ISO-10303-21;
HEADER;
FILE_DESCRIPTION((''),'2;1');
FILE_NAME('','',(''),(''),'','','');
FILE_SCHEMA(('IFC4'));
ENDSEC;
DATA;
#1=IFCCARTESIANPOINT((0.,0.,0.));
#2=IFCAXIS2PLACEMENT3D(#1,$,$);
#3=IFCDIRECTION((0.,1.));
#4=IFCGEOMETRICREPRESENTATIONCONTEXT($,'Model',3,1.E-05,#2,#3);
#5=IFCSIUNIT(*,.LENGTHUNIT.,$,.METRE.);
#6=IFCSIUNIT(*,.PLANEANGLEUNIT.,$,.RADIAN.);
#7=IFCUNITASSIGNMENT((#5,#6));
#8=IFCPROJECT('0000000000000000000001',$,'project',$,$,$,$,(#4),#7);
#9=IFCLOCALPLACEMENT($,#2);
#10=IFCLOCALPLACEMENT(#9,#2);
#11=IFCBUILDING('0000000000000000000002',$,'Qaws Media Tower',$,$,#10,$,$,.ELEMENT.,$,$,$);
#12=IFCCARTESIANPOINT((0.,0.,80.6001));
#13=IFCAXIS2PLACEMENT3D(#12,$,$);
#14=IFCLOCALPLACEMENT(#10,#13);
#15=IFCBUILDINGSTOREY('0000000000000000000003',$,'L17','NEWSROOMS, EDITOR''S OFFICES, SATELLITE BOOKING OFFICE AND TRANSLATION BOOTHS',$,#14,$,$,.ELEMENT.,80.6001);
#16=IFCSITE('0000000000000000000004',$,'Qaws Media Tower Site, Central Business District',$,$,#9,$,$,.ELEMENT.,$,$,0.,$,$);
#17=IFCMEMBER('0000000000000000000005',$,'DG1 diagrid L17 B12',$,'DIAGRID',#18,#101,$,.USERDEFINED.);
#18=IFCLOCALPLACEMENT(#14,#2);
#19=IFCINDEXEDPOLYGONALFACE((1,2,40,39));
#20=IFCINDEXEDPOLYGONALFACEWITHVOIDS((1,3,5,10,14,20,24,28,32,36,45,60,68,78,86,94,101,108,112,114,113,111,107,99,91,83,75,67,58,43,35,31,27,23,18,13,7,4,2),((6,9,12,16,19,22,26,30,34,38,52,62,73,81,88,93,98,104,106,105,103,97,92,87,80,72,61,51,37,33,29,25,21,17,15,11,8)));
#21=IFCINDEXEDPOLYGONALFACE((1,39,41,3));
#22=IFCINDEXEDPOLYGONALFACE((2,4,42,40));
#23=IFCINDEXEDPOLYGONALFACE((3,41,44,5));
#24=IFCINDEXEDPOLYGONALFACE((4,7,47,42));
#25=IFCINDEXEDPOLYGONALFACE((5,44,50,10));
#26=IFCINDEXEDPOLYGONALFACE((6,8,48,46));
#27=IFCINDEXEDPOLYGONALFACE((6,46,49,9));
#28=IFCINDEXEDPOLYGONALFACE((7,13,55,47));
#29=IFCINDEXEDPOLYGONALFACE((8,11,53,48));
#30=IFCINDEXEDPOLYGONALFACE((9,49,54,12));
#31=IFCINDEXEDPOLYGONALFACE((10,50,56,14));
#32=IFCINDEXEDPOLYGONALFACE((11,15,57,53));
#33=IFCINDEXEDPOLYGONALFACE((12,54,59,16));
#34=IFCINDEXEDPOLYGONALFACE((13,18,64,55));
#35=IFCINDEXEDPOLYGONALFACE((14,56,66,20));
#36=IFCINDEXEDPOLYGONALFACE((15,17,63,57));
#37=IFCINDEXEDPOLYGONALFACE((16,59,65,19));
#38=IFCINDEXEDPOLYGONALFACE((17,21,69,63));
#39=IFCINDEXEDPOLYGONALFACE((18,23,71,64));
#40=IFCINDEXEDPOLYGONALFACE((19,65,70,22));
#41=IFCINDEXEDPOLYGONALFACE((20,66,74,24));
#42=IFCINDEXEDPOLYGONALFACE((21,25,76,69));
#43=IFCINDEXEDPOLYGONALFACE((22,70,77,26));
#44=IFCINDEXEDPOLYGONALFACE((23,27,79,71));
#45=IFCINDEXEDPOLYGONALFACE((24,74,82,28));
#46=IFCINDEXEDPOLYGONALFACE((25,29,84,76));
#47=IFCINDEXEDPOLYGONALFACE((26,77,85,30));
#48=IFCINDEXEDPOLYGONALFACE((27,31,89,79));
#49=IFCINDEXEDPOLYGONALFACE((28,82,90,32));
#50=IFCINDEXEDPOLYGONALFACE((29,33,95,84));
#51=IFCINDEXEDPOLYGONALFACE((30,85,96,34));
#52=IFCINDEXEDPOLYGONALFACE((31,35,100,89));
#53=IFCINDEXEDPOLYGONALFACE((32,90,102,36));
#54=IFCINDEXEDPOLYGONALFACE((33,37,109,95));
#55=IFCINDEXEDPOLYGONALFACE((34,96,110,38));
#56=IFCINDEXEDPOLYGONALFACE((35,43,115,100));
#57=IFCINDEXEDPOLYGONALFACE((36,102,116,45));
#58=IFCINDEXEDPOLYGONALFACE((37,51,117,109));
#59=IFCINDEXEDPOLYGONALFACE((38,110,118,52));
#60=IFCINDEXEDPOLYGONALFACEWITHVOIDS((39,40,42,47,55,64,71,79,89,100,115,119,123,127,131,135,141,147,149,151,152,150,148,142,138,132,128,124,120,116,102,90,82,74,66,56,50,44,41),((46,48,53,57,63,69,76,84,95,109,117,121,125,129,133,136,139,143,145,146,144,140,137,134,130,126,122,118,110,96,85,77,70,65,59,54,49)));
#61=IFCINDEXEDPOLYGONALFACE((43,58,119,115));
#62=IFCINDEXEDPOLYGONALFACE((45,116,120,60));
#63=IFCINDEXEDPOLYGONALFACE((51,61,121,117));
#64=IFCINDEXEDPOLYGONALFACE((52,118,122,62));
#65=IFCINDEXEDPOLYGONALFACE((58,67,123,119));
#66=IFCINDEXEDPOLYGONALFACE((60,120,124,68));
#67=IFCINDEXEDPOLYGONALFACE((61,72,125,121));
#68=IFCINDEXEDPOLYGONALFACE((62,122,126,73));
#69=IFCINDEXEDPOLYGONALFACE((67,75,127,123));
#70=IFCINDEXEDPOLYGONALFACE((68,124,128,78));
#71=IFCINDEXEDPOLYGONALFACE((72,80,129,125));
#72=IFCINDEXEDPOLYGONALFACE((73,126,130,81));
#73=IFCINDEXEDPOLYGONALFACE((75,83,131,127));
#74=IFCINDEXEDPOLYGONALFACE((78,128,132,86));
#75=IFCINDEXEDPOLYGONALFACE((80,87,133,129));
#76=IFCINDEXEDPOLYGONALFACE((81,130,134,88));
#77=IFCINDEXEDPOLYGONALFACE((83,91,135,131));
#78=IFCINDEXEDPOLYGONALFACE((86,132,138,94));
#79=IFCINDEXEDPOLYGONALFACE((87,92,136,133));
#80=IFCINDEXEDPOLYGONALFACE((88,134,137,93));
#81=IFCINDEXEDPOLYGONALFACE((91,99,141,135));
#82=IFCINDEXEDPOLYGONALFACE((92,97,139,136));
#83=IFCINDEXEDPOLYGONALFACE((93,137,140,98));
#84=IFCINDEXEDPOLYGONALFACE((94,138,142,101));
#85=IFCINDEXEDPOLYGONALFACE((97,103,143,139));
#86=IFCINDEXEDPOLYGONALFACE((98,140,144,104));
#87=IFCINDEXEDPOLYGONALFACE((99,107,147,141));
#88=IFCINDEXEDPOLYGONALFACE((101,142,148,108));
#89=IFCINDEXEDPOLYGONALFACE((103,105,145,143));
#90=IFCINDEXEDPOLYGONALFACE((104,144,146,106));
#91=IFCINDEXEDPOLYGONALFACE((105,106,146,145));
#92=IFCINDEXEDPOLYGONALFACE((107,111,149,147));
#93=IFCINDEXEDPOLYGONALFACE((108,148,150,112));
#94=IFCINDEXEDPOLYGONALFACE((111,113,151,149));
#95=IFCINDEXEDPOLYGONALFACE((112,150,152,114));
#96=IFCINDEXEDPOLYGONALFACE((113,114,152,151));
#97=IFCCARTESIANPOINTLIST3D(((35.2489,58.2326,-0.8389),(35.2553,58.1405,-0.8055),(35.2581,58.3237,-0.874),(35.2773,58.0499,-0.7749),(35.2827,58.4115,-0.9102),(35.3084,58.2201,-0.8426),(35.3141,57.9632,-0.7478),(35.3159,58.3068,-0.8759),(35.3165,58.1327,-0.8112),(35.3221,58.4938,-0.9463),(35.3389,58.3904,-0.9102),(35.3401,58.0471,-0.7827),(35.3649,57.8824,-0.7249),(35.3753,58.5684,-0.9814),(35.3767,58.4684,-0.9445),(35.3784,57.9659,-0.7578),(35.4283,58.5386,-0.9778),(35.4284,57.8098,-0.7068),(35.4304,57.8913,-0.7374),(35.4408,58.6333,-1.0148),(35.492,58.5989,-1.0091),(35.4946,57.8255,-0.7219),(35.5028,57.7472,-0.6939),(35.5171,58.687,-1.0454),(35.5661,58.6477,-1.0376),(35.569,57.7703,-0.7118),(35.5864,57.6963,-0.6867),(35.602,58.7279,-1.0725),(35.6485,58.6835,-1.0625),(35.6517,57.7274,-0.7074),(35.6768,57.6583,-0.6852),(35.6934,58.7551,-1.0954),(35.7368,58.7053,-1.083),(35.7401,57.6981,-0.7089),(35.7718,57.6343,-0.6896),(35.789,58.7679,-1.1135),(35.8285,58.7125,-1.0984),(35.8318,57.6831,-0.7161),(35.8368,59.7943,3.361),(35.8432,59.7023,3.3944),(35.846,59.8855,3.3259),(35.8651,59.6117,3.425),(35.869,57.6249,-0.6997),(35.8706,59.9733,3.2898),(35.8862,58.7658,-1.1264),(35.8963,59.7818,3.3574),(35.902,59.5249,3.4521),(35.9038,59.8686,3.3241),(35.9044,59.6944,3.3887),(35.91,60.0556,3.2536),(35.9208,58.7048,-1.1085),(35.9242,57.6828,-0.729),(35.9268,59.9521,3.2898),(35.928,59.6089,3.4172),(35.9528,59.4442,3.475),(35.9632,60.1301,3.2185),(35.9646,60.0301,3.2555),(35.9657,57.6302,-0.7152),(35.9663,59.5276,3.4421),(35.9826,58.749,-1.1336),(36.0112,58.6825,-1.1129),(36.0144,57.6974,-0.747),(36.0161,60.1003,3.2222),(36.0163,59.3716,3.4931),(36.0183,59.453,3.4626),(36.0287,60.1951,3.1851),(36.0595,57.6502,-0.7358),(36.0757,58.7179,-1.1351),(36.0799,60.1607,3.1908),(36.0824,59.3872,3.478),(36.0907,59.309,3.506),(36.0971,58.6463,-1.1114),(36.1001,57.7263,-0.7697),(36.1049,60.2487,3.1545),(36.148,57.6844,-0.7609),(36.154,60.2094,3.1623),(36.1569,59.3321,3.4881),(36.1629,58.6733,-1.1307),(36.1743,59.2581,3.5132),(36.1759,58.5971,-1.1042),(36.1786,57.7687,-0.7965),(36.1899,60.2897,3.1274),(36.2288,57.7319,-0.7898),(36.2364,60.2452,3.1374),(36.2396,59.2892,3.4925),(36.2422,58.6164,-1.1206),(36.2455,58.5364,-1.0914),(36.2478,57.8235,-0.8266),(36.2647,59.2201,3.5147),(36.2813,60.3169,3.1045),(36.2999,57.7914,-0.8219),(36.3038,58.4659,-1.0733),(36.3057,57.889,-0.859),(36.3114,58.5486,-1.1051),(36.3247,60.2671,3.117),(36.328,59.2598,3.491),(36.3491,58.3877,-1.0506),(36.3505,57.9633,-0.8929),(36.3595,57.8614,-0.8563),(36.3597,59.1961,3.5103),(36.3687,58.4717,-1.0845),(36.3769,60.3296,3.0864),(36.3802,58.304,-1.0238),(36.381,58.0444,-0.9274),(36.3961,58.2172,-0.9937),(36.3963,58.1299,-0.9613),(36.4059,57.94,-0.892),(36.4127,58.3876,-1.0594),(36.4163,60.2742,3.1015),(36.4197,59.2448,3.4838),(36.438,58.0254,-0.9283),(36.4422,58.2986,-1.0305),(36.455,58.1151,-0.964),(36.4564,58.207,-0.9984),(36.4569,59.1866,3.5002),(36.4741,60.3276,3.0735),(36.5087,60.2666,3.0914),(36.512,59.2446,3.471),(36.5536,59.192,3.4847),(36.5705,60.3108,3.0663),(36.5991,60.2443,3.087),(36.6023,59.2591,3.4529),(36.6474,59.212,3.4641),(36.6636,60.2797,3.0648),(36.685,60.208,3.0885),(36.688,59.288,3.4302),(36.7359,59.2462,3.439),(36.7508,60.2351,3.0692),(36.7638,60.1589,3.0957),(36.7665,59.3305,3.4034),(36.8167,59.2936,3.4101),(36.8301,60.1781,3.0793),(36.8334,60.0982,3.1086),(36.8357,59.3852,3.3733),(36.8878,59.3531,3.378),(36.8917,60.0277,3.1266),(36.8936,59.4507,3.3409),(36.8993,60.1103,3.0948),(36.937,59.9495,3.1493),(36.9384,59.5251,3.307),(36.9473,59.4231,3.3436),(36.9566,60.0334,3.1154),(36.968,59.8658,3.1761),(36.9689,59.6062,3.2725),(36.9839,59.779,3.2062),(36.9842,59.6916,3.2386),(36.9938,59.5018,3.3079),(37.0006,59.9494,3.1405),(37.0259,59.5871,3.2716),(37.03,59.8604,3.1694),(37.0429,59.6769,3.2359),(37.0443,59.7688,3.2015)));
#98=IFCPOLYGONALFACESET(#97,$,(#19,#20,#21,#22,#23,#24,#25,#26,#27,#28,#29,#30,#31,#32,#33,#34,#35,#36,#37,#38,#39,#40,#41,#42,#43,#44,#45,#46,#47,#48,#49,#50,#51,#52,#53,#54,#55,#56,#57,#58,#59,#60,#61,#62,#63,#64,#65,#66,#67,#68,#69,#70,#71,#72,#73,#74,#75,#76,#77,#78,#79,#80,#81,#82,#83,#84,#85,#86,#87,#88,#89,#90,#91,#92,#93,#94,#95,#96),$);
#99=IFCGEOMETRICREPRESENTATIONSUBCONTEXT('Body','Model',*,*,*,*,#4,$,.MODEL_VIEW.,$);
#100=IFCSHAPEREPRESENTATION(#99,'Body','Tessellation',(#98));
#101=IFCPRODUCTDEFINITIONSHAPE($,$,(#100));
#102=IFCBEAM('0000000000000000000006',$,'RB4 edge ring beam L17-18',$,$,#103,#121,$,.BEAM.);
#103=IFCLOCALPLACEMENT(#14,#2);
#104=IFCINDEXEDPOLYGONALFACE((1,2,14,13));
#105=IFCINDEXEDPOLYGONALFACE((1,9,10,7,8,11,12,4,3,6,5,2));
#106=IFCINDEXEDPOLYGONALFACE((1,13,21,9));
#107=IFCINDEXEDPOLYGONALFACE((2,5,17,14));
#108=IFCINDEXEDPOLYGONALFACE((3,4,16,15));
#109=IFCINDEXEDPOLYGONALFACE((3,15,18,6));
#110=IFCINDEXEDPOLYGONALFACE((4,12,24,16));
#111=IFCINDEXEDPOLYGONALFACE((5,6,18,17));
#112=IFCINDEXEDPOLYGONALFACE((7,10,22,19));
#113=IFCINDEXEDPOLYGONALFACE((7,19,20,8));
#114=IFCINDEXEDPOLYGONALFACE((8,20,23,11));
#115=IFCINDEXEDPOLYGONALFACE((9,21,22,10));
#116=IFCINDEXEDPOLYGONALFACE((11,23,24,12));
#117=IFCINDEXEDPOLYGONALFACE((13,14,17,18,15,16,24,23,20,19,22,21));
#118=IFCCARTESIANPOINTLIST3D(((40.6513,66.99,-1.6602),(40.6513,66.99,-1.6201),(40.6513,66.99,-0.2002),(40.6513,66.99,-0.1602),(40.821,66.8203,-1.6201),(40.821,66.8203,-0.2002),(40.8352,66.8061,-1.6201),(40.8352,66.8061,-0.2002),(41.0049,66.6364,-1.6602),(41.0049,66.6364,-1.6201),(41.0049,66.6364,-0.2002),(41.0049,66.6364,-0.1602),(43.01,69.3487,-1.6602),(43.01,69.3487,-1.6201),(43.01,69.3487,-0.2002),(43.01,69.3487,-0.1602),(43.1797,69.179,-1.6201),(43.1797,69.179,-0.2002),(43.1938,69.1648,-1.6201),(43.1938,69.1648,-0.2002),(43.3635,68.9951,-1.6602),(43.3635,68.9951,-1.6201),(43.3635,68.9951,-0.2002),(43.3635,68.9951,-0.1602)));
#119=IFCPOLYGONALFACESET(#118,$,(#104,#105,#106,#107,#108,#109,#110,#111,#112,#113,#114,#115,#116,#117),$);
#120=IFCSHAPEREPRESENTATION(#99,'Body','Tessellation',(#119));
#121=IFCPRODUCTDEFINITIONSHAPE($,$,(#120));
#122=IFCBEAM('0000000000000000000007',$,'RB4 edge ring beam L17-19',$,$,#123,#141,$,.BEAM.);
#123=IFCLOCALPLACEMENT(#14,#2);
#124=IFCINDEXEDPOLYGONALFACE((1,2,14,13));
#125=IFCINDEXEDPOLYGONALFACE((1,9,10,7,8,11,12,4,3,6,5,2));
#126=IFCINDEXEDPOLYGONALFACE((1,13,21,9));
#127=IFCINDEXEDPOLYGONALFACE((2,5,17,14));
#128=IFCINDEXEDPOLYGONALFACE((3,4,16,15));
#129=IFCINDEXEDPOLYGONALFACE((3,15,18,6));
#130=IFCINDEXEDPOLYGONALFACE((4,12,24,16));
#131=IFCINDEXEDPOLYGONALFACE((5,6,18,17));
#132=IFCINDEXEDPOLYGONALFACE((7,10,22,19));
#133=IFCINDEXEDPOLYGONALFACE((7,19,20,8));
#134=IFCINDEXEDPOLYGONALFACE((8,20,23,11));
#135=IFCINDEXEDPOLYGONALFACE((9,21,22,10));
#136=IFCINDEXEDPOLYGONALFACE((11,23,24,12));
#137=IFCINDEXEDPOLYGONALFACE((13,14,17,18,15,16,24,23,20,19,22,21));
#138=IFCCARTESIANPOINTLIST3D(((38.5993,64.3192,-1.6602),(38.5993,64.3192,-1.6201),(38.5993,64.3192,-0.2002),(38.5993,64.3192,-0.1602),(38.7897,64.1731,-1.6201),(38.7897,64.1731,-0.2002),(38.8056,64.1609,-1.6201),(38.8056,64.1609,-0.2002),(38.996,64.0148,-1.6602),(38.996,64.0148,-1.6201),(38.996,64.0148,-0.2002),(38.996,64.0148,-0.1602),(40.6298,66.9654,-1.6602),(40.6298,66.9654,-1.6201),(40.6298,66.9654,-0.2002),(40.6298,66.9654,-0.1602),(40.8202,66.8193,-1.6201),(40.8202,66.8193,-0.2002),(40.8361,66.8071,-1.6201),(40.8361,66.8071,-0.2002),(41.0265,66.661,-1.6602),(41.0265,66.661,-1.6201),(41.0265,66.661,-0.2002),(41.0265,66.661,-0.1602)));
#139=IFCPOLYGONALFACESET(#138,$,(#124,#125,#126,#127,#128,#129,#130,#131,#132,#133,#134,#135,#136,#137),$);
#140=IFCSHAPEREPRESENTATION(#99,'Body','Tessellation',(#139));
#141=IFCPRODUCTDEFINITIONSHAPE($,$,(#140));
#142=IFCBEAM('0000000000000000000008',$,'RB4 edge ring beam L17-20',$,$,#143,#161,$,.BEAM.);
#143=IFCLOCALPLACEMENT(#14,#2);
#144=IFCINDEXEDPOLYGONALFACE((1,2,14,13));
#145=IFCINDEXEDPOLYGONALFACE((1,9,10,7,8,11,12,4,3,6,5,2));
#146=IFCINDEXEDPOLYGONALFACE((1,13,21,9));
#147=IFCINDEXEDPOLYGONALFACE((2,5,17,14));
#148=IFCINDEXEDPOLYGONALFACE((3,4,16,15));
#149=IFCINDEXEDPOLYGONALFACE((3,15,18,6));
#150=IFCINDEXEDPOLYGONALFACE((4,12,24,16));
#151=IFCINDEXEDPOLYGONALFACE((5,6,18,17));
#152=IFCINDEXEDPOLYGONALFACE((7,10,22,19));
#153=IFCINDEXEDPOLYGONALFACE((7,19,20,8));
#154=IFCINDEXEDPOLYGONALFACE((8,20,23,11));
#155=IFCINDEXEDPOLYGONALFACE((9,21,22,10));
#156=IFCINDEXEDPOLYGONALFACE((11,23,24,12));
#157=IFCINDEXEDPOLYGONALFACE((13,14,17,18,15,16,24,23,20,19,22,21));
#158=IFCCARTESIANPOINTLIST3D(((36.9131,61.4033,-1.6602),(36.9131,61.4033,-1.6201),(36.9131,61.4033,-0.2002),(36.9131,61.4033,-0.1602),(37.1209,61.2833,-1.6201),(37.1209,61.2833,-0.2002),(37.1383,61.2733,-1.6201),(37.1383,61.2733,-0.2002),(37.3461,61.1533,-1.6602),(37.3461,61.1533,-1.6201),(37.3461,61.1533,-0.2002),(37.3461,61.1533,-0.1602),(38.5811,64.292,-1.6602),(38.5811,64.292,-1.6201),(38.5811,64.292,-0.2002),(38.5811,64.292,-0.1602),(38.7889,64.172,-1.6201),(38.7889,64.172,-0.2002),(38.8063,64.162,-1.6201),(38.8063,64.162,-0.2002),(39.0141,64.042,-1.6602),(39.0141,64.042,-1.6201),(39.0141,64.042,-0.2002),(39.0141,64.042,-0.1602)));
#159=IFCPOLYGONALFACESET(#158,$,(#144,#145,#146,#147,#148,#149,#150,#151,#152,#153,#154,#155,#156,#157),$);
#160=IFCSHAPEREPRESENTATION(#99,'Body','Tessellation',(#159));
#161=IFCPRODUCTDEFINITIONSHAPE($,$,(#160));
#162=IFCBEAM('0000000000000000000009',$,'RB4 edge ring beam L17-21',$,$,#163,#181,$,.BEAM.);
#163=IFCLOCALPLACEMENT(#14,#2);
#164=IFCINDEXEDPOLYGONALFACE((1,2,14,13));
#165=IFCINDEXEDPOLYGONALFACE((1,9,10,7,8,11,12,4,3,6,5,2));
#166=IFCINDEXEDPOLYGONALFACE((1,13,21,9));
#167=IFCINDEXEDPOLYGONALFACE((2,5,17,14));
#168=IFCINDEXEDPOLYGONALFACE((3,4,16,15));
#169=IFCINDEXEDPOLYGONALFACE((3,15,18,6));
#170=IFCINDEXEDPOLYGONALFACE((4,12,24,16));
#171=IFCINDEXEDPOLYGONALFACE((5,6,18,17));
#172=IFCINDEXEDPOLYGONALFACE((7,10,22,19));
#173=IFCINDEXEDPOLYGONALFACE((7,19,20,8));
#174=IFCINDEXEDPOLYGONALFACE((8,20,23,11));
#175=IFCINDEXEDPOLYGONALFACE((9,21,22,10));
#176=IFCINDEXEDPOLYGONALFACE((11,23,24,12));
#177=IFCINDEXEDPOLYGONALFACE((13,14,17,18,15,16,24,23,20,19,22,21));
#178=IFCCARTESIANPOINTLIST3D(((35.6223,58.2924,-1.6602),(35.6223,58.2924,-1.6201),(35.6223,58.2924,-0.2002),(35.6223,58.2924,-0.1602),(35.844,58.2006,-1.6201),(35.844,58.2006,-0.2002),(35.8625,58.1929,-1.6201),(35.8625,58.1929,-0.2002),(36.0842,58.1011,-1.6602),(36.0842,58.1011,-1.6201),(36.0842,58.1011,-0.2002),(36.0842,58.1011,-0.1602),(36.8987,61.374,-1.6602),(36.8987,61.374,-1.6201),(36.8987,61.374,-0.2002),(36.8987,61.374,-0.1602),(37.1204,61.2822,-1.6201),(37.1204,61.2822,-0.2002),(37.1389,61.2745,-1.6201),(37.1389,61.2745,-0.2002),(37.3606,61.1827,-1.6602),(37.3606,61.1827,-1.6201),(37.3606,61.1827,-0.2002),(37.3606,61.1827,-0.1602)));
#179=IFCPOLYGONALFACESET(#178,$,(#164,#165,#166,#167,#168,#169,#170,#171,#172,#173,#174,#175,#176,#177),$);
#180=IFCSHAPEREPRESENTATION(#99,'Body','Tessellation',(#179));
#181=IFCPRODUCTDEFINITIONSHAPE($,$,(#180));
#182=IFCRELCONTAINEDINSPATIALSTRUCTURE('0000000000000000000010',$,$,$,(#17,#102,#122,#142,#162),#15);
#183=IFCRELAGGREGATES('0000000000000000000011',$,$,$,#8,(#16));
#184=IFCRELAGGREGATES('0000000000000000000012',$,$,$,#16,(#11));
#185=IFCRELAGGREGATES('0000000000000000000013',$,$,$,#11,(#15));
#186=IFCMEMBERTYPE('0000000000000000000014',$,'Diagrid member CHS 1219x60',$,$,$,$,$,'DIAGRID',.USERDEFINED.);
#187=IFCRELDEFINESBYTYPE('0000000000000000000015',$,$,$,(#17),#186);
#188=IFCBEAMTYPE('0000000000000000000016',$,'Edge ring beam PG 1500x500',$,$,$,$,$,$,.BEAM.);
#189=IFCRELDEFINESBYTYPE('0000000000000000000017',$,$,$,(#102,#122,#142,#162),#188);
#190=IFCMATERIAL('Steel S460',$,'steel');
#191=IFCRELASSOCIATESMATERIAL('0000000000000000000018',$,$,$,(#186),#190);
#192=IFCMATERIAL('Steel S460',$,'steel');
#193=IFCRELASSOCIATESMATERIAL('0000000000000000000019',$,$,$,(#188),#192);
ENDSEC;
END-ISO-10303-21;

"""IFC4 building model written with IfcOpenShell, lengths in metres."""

from ifc_helpers import new_model, si_unit, direction, frame, origin, origin_2d, place, context, subcontext, project, spatial, hollow_circle, i_section, extrude, material, material_profile, profile_set, type_object, element, save


model = new_model("IFC4")

# Units and contexts
model_context = context("Model", 3, precision=1e-05, world=origin(), true_north=direction((0.0, 1.0)))
body_context = subcontext(model_context, "Body", "Model", "MODEL_VIEW")
ifc_project = project(units=[si_unit("LENGTHUNIT", "METRE"), si_unit("PLANEANGLEUNIT", "RADIAN")], contexts=[model_context])

# Site, building, storey
site_placement = place(None, origin())
site = spatial("IfcSite", under=ifc_project, at=site_placement, Name="Qaws Media Tower Site, Central Business District", CompositionType="ELEMENT", RefElevation=0.0)
building_placement = place(site_placement, origin())
building = spatial("IfcBuilding", under=site, at=building_placement, Name="Qaws Media Tower", CompositionType="ELEMENT")
storey_placement = place(building_placement, frame((0.0, 0.0, 80.6001)))
storey = spatial("IfcBuildingStorey", under=building, at=storey_placement, Name="L17", Description="NEWSROOMS, EDITOR'S OFFICES, SATELLITE BOOKING OFFICE AND TRANSLATION BOOTHS", CompositionType="ELEMENT", Elevation=80.6001)

# Member
ifc_material_1 = material(Name="Steel S460", Category="steel")
ifc_material_profile_1 = material_profile(ifc_material_1, hollow_circle(Radius=0.6096, WallThickness=0.0601, at=origin_2d()), Name="CHS 1219x60")
ifc_profile_set_1 = profile_set([ifc_material_profile_1], Name="Steel S460")
member_type_1 = type_object("IfcMemberType", Name="Diagrid member CHS 1219x60", ElementType="DIAGRID", PredefinedType="USERDEFINED", material=ifc_profile_set_1)
for number, where, z_axis, x_axis, name in (
    (1, (35.8533, 58.1968, -0.9102), (0.130084, 0.345575, 0.929331), (-0.93589, 0.352294, 0.0), "DG1 diagrid L17 B12"),
):
    element("IfcMember", number, at=place(storey_placement, frame(where, z_axis=z_axis, x_axis=x_axis)), inside=storey, type_object=member_type_1, Name=name, ObjectType="DIAGRID", PredefinedType="USERDEFINED", context=body_context, shape_type="SweptSolid", body=[
        extrude(hollow_circle(Radius=0.6096, WallThickness=0.0601, at=origin_2d()), origin(), (0.0, 0.0, 1.0), 4.5193),
    ])

# Beams
ifc_material_2 = material(Name="Steel S460", Category="steel")
ifc_material_profile_2 = material_profile(ifc_material_2, i_section(OverallWidth=0.5, OverallDepth=1.5, WebThickness=0.02, FlangeThickness=0.04, at=origin_2d()), Name="PG 1500x500")
ifc_profile_set_2 = profile_set([ifc_material_profile_2], Name="Steel S460")
beam_type = type_object("IfcBeamType", Name="Edge ring beam PG 1500x500", PredefinedType="BEAM", material=ifc_profile_set_2)
beam_1_placement = place(storey_placement, frame((43.1868, 69.1719, -0.9102), z_axis=(-0.707107, -0.707107, 0.0), x_axis=(0.707107, -0.707107, 0.0)))
element("IfcBeam", 2, at=beam_1_placement, inside=storey, type_object=beam_type, Name="RB4 edge ring beam L17-18", PredefinedType="BEAM", context=body_context, shape_type="SweptSolid", body=[
    extrude(i_section(OverallWidth=0.5, OverallDepth=1.5, WebThickness=0.02, FlangeThickness=0.04, at=origin_2d()), origin(), (0.0, 0.0, 1.0), 3.3357),
])
beam_2_placement = place(storey_placement, frame((40.8281, 66.8132, -0.9102), z_axis=(-0.608759, -0.793355, 0.0), x_axis=(0.793355, -0.608759, 0.0)))
element("IfcBeam", 3, at=beam_2_placement, inside=storey, type_object=beam_type, Name="RB4 edge ring beam L17-19", PredefinedType="BEAM", context=body_context, shape_type="SweptSolid", body=[
    extrude(i_section(OverallWidth=0.5, OverallDepth=1.5, WebThickness=0.02, FlangeThickness=0.04, at=origin_2d()), origin(), (0.0, 0.0, 1.0), 3.3354),
])
beam_3_placement = place(storey_placement, frame((38.7976, 64.167, -0.9102), z_axis=(-0.500043, -0.866, 0.0), x_axis=(0.866, -0.500043, 0.0)))
element("IfcBeam", 4, at=beam_3_placement, inside=storey, type_object=beam_type, Name="RB4 edge ring beam L17-20", PredefinedType="BEAM", context=body_context, shape_type="SweptSolid", body=[
    extrude(i_section(OverallWidth=0.5, OverallDepth=1.5, WebThickness=0.02, FlangeThickness=0.04, at=origin_2d()), origin(), (0.0, 0.0, 1.0), 3.3357),
])
beam_4_placement = place(storey_placement, frame((37.1296, 61.2783, -0.9102), z_axis=(-0.382671, -0.923885, 0.0), x_axis=(0.923885, -0.382671, 0.0)))
element("IfcBeam", 5, at=beam_4_placement, inside=storey, type_object=beam_type, Name="RB4 edge ring beam L17-21", PredefinedType="BEAM", context=body_context, shape_type="SweptSolid", body=[
    extrude(i_section(OverallWidth=0.5, OverallDepth=1.5, WebThickness=0.02, FlangeThickness=0.04, at=origin_2d()), origin(), (0.0, 0.0, 1.0), 3.3354),
])

save(model, "model.ifc")
